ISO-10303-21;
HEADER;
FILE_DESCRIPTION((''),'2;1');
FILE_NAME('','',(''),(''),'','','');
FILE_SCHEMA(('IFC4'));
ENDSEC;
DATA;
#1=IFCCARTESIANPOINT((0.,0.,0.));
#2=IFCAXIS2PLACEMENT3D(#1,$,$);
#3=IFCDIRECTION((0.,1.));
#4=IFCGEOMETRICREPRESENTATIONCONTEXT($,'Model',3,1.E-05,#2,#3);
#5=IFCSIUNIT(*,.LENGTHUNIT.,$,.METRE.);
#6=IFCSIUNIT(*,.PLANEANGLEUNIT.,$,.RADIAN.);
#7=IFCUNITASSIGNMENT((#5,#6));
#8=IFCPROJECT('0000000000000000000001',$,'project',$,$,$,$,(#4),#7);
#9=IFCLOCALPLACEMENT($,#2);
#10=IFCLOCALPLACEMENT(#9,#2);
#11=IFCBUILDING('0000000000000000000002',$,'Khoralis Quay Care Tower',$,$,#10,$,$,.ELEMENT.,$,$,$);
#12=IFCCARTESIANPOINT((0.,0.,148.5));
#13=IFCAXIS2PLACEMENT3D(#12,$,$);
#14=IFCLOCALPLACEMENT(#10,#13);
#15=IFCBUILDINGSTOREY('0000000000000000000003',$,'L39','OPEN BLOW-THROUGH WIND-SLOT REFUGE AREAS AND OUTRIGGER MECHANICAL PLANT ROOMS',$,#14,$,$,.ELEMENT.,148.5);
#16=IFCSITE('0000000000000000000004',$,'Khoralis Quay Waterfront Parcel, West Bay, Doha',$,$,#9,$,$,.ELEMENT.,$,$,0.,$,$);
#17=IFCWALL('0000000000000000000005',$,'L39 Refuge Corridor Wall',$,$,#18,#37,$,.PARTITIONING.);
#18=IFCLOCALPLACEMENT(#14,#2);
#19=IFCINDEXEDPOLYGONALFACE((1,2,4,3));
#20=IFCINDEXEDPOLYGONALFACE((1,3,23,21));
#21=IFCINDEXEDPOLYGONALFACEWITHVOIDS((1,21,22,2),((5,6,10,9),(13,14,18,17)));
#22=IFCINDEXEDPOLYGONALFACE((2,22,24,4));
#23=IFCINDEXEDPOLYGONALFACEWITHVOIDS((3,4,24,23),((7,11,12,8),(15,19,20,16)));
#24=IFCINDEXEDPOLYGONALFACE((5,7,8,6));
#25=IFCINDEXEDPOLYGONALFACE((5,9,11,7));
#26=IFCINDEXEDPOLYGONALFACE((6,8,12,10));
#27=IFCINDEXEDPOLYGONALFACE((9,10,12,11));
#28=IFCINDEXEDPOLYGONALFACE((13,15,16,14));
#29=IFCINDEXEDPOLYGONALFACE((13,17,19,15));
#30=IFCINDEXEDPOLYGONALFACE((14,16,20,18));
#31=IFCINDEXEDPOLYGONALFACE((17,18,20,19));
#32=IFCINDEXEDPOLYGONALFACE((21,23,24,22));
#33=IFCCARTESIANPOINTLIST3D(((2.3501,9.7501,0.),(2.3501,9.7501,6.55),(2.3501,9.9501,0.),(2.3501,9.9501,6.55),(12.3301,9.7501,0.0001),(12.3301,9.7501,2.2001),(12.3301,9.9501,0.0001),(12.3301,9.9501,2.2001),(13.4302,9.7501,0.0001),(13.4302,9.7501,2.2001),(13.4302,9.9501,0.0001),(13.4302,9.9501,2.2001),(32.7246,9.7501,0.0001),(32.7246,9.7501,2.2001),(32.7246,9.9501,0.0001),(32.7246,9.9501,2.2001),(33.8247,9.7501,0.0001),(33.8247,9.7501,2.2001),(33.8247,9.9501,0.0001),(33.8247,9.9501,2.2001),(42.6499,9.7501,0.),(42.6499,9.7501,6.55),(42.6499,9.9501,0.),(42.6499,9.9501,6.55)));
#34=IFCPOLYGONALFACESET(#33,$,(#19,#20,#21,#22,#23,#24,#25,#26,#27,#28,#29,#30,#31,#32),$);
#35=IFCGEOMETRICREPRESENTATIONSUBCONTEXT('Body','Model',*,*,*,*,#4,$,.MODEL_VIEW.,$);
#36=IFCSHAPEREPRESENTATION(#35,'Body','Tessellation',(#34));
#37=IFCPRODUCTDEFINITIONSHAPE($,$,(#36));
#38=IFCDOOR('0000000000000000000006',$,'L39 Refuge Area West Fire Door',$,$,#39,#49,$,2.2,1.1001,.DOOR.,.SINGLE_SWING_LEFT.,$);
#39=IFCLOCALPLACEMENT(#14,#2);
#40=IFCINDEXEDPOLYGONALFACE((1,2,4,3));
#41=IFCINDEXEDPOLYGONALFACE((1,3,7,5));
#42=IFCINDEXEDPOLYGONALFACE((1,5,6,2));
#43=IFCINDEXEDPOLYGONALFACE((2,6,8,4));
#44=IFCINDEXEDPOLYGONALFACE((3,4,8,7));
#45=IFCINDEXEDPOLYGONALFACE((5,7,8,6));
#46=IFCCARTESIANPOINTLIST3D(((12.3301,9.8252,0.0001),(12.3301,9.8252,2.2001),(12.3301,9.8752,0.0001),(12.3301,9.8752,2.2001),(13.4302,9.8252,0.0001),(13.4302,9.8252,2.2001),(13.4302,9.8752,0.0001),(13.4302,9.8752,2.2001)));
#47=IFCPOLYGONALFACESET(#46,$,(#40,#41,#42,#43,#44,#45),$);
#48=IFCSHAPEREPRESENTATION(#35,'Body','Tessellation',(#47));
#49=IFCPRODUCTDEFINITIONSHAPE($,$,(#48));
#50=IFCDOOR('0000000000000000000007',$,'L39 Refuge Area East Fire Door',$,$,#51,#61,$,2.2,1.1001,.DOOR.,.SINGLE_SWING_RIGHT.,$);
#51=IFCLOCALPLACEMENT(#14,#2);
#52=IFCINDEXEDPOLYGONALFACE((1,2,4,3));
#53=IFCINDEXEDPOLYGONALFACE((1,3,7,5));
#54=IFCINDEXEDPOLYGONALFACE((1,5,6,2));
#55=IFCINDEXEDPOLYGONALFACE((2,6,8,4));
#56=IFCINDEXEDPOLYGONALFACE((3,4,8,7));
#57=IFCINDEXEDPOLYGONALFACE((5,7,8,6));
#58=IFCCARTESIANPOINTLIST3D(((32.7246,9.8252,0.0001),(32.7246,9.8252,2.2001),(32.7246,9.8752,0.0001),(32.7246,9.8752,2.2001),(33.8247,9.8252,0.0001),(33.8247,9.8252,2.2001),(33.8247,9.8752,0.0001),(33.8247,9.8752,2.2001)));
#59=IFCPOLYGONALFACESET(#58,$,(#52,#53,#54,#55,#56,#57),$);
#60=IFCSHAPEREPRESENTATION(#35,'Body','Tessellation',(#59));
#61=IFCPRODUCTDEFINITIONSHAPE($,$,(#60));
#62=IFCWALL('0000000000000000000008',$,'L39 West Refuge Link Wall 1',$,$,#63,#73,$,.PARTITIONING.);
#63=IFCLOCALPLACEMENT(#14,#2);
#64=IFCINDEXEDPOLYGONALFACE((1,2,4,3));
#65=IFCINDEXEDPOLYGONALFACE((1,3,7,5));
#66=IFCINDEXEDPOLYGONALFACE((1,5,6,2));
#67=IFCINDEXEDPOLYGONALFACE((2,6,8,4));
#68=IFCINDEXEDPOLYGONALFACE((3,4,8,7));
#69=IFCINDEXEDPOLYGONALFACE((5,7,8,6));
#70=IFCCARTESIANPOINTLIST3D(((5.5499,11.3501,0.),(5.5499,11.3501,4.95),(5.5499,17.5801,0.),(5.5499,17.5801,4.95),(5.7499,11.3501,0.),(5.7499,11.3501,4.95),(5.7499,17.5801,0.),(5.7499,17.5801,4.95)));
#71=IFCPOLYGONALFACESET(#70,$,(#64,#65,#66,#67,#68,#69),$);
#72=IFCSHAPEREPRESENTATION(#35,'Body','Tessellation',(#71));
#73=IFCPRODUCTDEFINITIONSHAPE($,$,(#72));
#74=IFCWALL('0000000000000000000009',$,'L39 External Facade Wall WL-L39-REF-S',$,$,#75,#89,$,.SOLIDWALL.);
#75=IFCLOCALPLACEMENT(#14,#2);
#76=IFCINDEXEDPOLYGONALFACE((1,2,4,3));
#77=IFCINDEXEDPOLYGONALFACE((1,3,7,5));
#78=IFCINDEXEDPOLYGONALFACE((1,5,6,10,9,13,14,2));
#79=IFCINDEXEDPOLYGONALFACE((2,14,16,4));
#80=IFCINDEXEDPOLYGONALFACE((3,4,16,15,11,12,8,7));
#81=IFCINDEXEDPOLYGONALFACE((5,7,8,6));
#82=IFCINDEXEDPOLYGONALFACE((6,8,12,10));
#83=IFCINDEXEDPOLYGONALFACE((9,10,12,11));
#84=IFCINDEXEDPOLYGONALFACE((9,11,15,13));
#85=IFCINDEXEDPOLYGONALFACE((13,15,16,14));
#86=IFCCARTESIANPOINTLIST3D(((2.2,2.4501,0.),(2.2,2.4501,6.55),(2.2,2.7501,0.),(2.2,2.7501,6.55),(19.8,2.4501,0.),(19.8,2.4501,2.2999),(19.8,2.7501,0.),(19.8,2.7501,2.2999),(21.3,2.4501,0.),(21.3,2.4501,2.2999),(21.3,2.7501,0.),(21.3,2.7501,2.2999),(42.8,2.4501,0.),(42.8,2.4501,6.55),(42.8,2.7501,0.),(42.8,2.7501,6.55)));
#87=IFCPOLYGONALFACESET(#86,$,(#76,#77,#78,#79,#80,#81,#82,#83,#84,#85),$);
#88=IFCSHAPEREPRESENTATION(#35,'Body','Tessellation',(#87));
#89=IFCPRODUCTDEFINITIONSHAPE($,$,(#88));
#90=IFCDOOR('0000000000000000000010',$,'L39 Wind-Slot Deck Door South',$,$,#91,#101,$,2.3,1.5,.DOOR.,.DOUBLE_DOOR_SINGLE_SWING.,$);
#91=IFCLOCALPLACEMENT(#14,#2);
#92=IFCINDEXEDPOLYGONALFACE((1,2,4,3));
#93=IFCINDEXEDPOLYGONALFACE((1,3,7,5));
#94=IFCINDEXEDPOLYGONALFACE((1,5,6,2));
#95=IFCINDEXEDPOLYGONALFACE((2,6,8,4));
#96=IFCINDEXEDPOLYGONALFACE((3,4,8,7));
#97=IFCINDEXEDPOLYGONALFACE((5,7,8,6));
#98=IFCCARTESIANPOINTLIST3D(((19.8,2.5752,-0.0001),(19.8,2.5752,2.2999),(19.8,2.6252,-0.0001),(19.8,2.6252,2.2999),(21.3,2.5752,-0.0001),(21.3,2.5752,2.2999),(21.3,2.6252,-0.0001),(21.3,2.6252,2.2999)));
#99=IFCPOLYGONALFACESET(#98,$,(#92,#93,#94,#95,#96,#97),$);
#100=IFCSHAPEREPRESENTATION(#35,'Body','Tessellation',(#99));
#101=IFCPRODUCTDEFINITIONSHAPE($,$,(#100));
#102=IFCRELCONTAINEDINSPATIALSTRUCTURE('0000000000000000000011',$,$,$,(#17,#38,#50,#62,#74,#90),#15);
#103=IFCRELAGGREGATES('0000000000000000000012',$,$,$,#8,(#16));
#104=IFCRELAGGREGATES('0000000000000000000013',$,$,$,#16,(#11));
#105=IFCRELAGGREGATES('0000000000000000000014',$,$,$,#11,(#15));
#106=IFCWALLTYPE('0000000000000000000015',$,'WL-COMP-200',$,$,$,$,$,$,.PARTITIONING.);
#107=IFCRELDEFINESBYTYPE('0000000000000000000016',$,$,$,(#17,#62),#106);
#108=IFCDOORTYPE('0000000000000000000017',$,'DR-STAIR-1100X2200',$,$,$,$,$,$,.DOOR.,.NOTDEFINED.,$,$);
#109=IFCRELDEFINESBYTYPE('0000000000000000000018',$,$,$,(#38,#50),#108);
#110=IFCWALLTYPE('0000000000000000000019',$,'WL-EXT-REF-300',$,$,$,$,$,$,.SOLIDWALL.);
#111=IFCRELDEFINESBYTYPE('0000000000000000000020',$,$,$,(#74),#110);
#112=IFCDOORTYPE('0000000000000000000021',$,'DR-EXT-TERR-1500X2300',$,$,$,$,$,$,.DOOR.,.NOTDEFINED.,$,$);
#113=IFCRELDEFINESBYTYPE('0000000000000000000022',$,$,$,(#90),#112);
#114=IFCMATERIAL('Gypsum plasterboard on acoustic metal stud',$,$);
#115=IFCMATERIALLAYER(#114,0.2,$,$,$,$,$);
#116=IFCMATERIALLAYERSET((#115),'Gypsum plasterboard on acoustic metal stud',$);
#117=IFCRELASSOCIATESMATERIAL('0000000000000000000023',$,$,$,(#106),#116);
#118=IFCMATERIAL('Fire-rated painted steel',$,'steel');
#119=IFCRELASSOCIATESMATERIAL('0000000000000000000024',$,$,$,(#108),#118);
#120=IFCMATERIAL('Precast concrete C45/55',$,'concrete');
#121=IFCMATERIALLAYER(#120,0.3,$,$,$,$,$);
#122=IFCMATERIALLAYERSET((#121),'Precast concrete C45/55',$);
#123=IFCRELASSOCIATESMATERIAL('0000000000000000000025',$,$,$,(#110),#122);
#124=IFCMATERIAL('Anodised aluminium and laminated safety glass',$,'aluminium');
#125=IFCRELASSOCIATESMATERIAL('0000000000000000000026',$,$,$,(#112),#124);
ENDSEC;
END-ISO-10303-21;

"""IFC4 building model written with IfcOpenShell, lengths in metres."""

from ifc_helpers import new_model, si_unit, direction, frame, frame_2d, origin, place, context, subcontext, project, spatial, rectangle, extrude, source, transform, mapped, material, layer, layer_set, type_object, element, fill, save


model = new_model("IFC4")

# Units and contexts
model_context = context("Model", 3, precision=1e-05, world=origin(), true_north=direction((0.0, 1.0)))
body_context = subcontext(model_context, "Body", "Model", "MODEL_VIEW")
ifc_project = project(units=[si_unit("LENGTHUNIT", "METRE"), si_unit("PLANEANGLEUNIT", "RADIAN")], contexts=[model_context])

# Site, building, storey
site_placement = place(None, origin())
site = spatial("IfcSite", under=ifc_project, at=site_placement, Name="Khoralis Quay Waterfront Parcel, West Bay, Doha", CompositionType="ELEMENT", RefElevation=0.0)
building_placement = place(site_placement, origin())
building = spatial("IfcBuilding", under=site, at=building_placement, Name="Khoralis Quay Care Tower", CompositionType="ELEMENT")
storey_placement = place(building_placement, frame((0.0, 0.0, 148.5)))
storey = spatial("IfcBuildingStorey", under=building, at=storey_placement, Name="L39", Description="OPEN BLOW-THROUGH WIND-SLOT REFUGE AREAS AND OUTRIGGER MECHANICAL PLANT ROOMS", CompositionType="ELEMENT", Elevation=148.5)

# Shared definitions
ifc_material_1 = material(Name="Precast concrete C45/55", Category="concrete")

# Shared definitions
ifc_material_2 = material(Name="Gypsum plasterboard on acoustic metal stud")
ifc_layer_1 = layer(ifc_material_2, 0.2)
ifc_layer_set_1 = layer_set([ifc_layer_1], Name="Gypsum plasterboard on acoustic metal stud")
wall_type_1 = type_object("IfcWallType", Name="WL-COMP-200", PredefinedType="PARTITIONING", material=ifc_layer_set_1)

# Shared definitions
ifc_material_3 = material(Name="Fire-rated painted steel", Category="steel")
door_type_1 = type_object("IfcDoorType", Name="DR-STAIR-1100X2200", OperationType="NOTDEFINED", PredefinedType="DOOR", material=ifc_material_3)
shared_shape_1 = source(origin(), body_context, "Body", "SweptSolid", [
    extrude(rectangle(XDim=1.1001, YDim=2.2, at=frame_2d((0.55, 1.1001))), frame((0.0, 0.0249, 0.0), z_axis=(0.0, -1.0, 0.0), x_axis=(1.0, 0.0, 0.0)), (0.0, 0.0, 1.0), 0.05),
])

# Wall, openings, doors
wall_1_placement = place(storey_placement, frame((2.3501, 9.8501, 0.0), z_axis=(0.0, 0.0, 1.0), x_axis=(1.0, 0.0, 0.0)))
wall_1 = element("IfcWall", 1, at=wall_1_placement, inside=storey, type_object=wall_type_1, Name="L39 Refuge Corridor Wall", PredefinedType="PARTITIONING", context=body_context, shape_type="SweptSolid", body=[
    extrude(rectangle(XDim=40.2998, YDim=0.2, at=frame_2d((20.1499, 0.0))), origin(), (0.0, 0.0, 1.0), 6.55),
])
opening_1_placement = place(wall_1_placement, frame((9.98, 0.0, 0.0)))
opening_1 = element("IfcOpeningElement", 2, at=opening_1_placement, cuts=wall_1, PredefinedType="OPENING", context=body_context, shape_type="SweptSolid", body=[
    extrude(rectangle(XDim=1.1001, YDim=2.2, at=frame_2d((0.55, 1.1001))), frame((0.0, 0.1099, 0.0), z_axis=(0.0, -1.0, 0.0), x_axis=(1.0, 0.0, 0.0)), (0.0, 0.0, 1.0), 0.22),
])
opening_2_placement = place(wall_1_placement, frame((30.3745, 0.0, 0.0)))
opening_2 = element("IfcOpeningElement", 3, at=opening_2_placement, cuts=wall_1, PredefinedType="OPENING", context=body_context, shape_type="SweptSolid", body=[
    extrude(rectangle(XDim=1.1001, YDim=2.2, at=frame_2d((0.55, 1.1001))), frame((0.0, 0.1099, 0.0), z_axis=(0.0, -1.0, 0.0), x_axis=(1.0, 0.0, 0.0)), (0.0, 0.0, 1.0), 0.22),
])
door_1_placement = place(opening_1_placement, frame((1.1001, 0.0, 0.0), z_axis=(0.0, 0.0, 1.0), x_axis=(-1.0, 0.0, 0.0)))
door_1 = element("IfcDoor", 4, at=door_1_placement, inside=storey, type_object=door_type_1, Name="L39 Refuge Area West Fire Door", OperationType="SINGLE_SWING_LEFT", OverallHeight=2.2, OverallWidth=1.1001, PredefinedType="DOOR", context=body_context, shape_type="MappedRepresentation", body=[
    mapped(shared_shape_1, transform((0.0, 0.0, 0.0), scale=1.0)),
])
fill(opening_1, door_1)
door_2_placement = place(opening_2_placement, frame((1.1001, 0.0, 0.0), z_axis=(0.0, 0.0, 1.0), x_axis=(-1.0, 0.0, 0.0)))
door_2 = element("IfcDoor", 5, at=door_2_placement, inside=storey, type_object=door_type_1, Name="L39 Refuge Area East Fire Door", OperationType="SINGLE_SWING_RIGHT", OverallHeight=2.2, OverallWidth=1.1001, PredefinedType="DOOR", context=body_context, shape_type="MappedRepresentation", body=[
    mapped(shared_shape_1, transform((0.0, 0.0, 0.0), scale=1.0)),
])
fill(opening_2, door_2)

# Wall
wall_2_placement = place(storey_placement, frame((5.6499, 11.3501, 0.0), z_axis=(0.0, 0.0, 1.0), x_axis=(0.0, 1.0, 0.0)))
element("IfcWall", 6, at=wall_2_placement, inside=storey, type_object=wall_type_1, Name="L39 West Refuge Link Wall 1", PredefinedType="PARTITIONING", context=body_context, shape_type="SweptSolid", body=[
    extrude(rectangle(XDim=6.23, YDim=0.2, at=frame_2d((3.115, 0.0))), origin(), (0.0, 0.0, 1.0), 4.95),
])

# Wall, opening, door
ifc_layer_2 = layer(ifc_material_1, 0.3)
ifc_layer_set_2 = layer_set([ifc_layer_2], Name="Precast concrete C45/55")
wall_type_2 = type_object("IfcWallType", Name="WL-EXT-REF-300", PredefinedType="SOLIDWALL", material=ifc_layer_set_2)
wall_3_placement = place(storey_placement, frame((2.2, 2.6001, 0.0), z_axis=(0.0, 0.0, 1.0), x_axis=(1.0, 0.0, 0.0)))
wall_3 = element("IfcWall", 7, at=wall_3_placement, inside=storey, type_object=wall_type_2, Name="L39 External Facade Wall WL-L39-REF-S", PredefinedType="SOLIDWALL", context=body_context, shape_type="SweptSolid", body=[
    extrude(rectangle(XDim=40.6001, YDim=0.3, at=frame_2d((20.3, 0.0))), origin(), (0.0, 0.0, 1.0), 6.55),
])
opening_3_placement = place(wall_3_placement, frame((17.6001, 0.0, 0.0)))
opening_3 = element("IfcOpeningElement", 8, at=opening_3_placement, cuts=wall_3, PredefinedType="OPENING", context=body_context, shape_type="SweptSolid", body=[
    extrude(rectangle(XDim=1.5, YDim=2.3, at=frame_2d((0.75, 1.1499))), frame((0.0, 0.1602, 0.0), z_axis=(0.0, -1.0, 0.0), x_axis=(1.0, 0.0, 0.0)), (0.0, 0.0, 1.0), 0.3201),
])
ifc_material_4 = material(Name="Anodised aluminium and laminated safety glass", Category="aluminium")
door_type_2 = type_object("IfcDoorType", Name="DR-EXT-TERR-1500X2300", OperationType="NOTDEFINED", PredefinedType="DOOR", material=ifc_material_4)
shared_shape_2 = source(origin(), body_context, "Body", "SweptSolid", [
    extrude(rectangle(XDim=1.5, YDim=2.3, at=frame_2d((0.75, 1.1499))), frame((0.0, 0.0249, 0.0), z_axis=(0.0, -1.0, 0.0), x_axis=(1.0, 0.0, 0.0)), (0.0, 0.0, 1.0), 0.05),
])
door_3_placement = place(opening_3_placement, frame((1.5, 0.0, 0.0), z_axis=(0.0, 0.0, 1.0), x_axis=(-1.0, 0.0, 0.0)))
door_3 = element("IfcDoor", 9, at=door_3_placement, inside=storey, type_object=door_type_2, Name="L39 Wind-Slot Deck Door South", OperationType="DOUBLE_DOOR_SINGLE_SWING", OverallHeight=2.3, OverallWidth=1.5, PredefinedType="DOOR", context=body_context, shape_type="MappedRepresentation", body=[
    mapped(shared_shape_2, transform((0.0, 0.0, 0.0), scale=1.0)),
])
fill(opening_3, door_3)

save(model, "model.ifc")
